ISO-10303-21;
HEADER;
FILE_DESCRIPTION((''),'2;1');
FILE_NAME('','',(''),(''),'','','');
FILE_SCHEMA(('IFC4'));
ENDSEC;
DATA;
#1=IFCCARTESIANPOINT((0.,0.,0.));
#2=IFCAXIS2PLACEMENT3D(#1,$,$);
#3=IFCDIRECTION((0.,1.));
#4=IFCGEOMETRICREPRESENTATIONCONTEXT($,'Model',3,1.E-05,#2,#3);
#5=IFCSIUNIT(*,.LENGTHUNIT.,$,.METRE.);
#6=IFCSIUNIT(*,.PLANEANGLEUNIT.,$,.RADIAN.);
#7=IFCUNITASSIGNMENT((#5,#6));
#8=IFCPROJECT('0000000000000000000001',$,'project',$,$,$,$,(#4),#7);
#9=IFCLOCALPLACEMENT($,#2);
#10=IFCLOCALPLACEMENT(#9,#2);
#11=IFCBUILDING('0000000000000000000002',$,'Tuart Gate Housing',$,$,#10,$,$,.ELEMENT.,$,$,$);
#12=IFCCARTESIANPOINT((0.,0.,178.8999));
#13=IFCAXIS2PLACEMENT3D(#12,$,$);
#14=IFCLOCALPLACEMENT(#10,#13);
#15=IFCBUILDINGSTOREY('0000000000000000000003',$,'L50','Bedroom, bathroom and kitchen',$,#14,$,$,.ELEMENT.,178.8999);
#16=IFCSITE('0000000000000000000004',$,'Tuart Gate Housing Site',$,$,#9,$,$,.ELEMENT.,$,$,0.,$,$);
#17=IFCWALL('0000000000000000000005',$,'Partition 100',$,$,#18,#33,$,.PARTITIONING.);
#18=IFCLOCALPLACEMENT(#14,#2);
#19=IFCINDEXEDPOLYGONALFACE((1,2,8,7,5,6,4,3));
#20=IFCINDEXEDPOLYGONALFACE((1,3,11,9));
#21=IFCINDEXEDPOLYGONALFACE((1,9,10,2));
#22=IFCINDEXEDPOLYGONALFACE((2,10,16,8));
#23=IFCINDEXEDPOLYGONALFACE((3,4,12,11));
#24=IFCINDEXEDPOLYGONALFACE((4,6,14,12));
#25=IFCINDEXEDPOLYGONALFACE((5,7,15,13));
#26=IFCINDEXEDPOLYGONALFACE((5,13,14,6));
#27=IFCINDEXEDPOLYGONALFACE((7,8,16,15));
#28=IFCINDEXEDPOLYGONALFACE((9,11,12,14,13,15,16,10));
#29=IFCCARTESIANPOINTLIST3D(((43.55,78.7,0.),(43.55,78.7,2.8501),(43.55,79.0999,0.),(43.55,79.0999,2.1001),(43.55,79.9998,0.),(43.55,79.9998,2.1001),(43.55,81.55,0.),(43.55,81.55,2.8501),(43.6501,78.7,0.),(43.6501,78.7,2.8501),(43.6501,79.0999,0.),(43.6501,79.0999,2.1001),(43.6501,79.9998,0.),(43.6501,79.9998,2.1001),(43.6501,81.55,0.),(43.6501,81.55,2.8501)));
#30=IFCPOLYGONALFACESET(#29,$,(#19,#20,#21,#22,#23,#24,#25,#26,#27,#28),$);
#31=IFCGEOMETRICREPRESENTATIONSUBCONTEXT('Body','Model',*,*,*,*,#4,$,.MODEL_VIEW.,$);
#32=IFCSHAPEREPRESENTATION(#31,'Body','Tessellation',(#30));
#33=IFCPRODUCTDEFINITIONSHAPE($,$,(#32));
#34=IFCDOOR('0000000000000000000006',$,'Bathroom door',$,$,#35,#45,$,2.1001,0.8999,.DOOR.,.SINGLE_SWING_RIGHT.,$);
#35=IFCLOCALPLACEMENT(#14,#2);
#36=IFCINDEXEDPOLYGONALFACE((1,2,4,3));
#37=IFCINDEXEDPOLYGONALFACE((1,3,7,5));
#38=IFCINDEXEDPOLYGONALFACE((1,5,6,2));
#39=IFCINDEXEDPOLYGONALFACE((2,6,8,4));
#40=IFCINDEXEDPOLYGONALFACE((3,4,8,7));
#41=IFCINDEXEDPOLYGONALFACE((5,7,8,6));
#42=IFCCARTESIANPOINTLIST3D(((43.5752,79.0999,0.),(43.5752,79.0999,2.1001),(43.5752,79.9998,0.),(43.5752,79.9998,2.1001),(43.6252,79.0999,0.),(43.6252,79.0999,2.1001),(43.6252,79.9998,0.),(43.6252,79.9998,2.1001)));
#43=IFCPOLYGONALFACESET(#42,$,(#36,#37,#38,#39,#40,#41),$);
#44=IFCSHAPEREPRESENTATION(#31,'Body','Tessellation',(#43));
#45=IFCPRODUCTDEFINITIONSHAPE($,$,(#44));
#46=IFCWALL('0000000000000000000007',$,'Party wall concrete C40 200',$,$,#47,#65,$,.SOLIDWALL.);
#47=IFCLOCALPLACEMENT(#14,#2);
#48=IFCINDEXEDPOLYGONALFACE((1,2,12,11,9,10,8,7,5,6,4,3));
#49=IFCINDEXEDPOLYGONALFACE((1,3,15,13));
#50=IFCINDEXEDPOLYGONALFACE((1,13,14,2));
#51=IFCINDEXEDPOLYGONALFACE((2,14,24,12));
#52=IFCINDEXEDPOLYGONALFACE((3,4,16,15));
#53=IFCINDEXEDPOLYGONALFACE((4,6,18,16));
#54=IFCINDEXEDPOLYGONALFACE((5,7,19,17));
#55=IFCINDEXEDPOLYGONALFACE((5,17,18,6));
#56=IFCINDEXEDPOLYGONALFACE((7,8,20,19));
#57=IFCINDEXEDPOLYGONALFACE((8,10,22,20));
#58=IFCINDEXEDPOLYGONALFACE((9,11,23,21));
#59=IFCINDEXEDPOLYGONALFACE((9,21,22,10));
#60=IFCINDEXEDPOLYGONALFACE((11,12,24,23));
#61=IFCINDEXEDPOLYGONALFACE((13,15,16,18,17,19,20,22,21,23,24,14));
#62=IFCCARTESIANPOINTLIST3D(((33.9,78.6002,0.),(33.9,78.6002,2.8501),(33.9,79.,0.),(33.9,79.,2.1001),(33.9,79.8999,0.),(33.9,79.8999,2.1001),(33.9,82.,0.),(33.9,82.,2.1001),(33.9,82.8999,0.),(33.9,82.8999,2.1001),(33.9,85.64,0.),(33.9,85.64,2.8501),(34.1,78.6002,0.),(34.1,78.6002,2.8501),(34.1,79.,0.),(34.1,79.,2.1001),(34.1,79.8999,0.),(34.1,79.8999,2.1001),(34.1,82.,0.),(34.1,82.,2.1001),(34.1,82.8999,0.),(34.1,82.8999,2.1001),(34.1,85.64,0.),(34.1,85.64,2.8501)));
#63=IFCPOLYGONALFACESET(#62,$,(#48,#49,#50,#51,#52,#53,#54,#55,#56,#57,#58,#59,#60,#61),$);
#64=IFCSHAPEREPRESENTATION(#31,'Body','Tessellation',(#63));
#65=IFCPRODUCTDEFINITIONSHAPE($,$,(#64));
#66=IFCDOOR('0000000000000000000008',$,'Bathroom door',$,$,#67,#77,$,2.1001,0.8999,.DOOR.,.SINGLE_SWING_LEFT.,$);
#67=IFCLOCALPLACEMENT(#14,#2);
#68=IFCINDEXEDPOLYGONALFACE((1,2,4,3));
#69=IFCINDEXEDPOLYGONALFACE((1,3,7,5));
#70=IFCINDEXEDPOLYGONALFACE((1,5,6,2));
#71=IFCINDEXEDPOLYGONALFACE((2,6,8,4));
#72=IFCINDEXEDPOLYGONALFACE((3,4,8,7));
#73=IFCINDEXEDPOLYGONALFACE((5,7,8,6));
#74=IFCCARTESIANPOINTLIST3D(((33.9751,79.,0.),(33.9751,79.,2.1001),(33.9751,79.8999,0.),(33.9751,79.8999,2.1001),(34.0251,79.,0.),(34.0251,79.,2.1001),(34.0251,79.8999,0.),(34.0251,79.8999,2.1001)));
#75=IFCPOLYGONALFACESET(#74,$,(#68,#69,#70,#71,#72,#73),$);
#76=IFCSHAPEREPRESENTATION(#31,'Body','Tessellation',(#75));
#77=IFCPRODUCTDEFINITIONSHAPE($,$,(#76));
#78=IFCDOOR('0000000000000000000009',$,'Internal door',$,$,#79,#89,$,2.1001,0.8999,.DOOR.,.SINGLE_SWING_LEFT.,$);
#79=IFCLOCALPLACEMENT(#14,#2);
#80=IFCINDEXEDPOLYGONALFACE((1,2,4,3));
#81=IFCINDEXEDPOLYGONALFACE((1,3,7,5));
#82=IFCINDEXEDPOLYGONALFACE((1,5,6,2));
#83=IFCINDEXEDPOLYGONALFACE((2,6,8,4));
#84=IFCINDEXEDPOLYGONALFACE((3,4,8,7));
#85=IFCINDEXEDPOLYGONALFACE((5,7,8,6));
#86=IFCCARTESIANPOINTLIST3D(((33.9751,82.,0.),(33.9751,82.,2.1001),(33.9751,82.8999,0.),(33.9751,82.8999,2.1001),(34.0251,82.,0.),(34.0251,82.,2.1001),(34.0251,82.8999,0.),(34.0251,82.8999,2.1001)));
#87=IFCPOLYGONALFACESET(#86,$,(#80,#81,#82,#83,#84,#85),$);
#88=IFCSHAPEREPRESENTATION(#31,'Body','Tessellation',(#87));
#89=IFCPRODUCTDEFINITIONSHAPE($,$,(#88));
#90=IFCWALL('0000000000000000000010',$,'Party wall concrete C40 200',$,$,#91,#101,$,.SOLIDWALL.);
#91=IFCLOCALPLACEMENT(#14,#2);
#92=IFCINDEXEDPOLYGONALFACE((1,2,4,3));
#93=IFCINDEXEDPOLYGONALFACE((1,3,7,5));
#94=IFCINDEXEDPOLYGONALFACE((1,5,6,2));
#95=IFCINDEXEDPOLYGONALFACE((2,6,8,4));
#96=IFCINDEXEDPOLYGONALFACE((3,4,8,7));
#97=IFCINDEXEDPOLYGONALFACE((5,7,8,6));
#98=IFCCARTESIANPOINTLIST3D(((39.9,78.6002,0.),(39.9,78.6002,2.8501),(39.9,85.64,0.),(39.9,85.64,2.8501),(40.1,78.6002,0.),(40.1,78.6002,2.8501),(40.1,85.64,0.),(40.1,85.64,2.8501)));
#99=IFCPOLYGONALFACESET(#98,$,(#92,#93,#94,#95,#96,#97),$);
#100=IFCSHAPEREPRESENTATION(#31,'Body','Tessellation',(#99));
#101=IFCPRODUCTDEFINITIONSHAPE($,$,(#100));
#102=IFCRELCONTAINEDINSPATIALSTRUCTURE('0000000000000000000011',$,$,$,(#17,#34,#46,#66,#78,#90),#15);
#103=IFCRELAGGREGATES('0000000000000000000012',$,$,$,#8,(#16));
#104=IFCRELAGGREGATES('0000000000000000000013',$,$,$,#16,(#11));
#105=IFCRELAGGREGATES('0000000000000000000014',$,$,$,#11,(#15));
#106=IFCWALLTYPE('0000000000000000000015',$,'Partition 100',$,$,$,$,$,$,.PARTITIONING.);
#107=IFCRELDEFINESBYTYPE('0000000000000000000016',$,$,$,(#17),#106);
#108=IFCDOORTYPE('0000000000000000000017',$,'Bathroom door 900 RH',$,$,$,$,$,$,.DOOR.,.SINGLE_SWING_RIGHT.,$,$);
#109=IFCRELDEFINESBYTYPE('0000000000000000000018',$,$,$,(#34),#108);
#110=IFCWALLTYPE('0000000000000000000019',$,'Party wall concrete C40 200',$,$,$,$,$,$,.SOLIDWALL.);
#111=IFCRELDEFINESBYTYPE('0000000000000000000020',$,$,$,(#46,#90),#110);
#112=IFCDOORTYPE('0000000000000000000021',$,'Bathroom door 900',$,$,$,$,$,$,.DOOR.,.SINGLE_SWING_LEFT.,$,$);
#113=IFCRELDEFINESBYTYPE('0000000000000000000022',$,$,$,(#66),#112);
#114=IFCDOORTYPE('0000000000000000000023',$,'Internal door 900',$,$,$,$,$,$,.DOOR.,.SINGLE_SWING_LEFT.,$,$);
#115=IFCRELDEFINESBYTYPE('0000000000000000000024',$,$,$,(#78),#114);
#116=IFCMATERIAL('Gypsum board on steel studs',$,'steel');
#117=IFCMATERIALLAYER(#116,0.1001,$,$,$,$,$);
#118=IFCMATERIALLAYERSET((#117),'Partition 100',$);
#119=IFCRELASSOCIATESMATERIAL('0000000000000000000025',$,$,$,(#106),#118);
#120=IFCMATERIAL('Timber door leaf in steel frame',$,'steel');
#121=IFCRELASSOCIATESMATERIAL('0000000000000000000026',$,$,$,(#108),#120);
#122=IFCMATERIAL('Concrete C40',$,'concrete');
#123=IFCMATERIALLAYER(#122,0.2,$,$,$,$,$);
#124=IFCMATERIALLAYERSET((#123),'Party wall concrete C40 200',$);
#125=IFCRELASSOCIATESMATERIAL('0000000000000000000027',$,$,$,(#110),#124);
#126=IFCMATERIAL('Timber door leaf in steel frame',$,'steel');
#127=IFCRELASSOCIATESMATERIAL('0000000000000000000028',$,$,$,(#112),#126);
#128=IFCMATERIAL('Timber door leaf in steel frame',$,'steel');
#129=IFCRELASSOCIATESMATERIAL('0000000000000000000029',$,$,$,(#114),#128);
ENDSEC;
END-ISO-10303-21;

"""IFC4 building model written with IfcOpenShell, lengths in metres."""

from ifc_helpers import new_model, si_unit, direction, frame, frame_2d, origin, place, context, subcontext, project, spatial, rectangle, extrude, material, layer, layer_set, type_object, element, fill, save


model = new_model("IFC4")

# Units and contexts
model_context = context("Model", 3, precision=1e-05, world=origin(), true_north=direction((0.0, 1.0)))
body_context = subcontext(model_context, "Body", "Model", "MODEL_VIEW")
ifc_project = project(units=[si_unit("LENGTHUNIT", "METRE"), si_unit("PLANEANGLEUNIT", "RADIAN")], contexts=[model_context])

# Site, building, storey
site_placement = place(None, origin())
site = spatial("IfcSite", under=ifc_project, at=site_placement, Name="Tuart Gate Housing Site", CompositionType="ELEMENT", RefElevation=0.0)
building_placement = place(site_placement, origin())
building = spatial("IfcBuilding", under=site, at=building_placement, Name="Tuart Gate Housing", CompositionType="ELEMENT")
storey_placement = place(building_placement, frame((0.0, 0.0, 178.8999)))
storey = spatial("IfcBuildingStorey", under=building, at=storey_placement, Name="L50", Description="Bedroom, bathroom and kitchen", CompositionType="ELEMENT", Elevation=178.8999)

# Shared definitions
ifc_material_1 = material(Name="Gypsum board on steel studs", Category="steel")
ifc_layer_1 = layer(ifc_material_1, 0.1001)
ifc_layer_set_1 = layer_set([ifc_layer_1], Name="Partition 100")
wall_type_1 = type_object("IfcWallType", Name="Partition 100", PredefinedType="PARTITIONING", material=ifc_layer_set_1)

# Wall, opening, door
wall_1_placement = place(storey_placement, frame((43.6001, 78.7, 0.0), z_axis=(0.0, 0.0, 1.0), x_axis=(0.0, 1.0, 0.0)))
wall_1 = element("IfcWall", 1, at=wall_1_placement, inside=storey, type_object=wall_type_1, Name="Partition 100", PredefinedType="PARTITIONING", context=body_context, shape_type="SweptSolid", body=[
    extrude(rectangle(XDim=2.8501, YDim=0.1001, at=frame_2d((1.425, 0.0))), origin(), (0.0, 0.0, 1.0), 2.8501),
])
opening_1_placement = place(wall_1_placement, frame((0.3999, 0.0, 0.0)))
opening_1 = element("IfcOpeningElement", 2, at=opening_1_placement, cuts=wall_1, PredefinedType="OPENING", context=body_context, shape_type="SweptSolid", body=[
    extrude(rectangle(XDim=0.8999, YDim=2.1001, at=frame_2d((0.45, 1.05))), frame((0.0, 0.0601, 0.0), z_axis=(0.0, -1.0, 0.0), x_axis=(1.0, 0.0, 0.0)), (0.0, 0.0, 1.0), 0.1201),
])
ifc_material_2 = material(Name="Timber door leaf in steel frame", Category="steel")
door_type_1 = type_object("IfcDoorType", Name="Bathroom door 900 RH", OperationType="SINGLE_SWING_RIGHT", PredefinedType="DOOR", material=ifc_material_2)
door_1_placement = place(opening_1_placement, frame((0.8999, 0.0, 0.0), z_axis=(0.0, 0.0, 1.0), x_axis=(-1.0, 0.0, 0.0)))
door_1 = element("IfcDoor", 3, at=door_1_placement, inside=storey, type_object=door_type_1, Name="Bathroom door", OperationType="SINGLE_SWING_RIGHT", OverallHeight=2.1001, OverallWidth=0.8999, PredefinedType="DOOR", context=body_context, shape_type="SweptSolid", body=[
    extrude(rectangle(XDim=0.8999, YDim=2.1001, at=frame_2d((0.45, 1.05))), frame((0.0, 0.0251, 0.0), z_axis=(0.0, -1.0, 0.0), x_axis=(1.0, 0.0, 0.0)), (0.0, 0.0, 1.0), 0.05),
])
fill(opening_1, door_1)

# Wall, openings, doors
ifc_material_3 = material(Name="Concrete C40", Category="concrete")
ifc_layer_2 = layer(ifc_material_3, 0.2)
ifc_layer_set_2 = layer_set([ifc_layer_2], Name="Party wall concrete C40 200")
wall_type_2 = type_object("IfcWallType", Name="Party wall concrete C40 200", PredefinedType="SOLIDWALL", material=ifc_layer_set_2)
wall_2_placement = place(storey_placement, frame((34.0, 78.6001, 0.0), z_axis=(0.0, 0.0, 1.0), x_axis=(0.0, 1.0, 0.0)))
wall_2 = element("IfcWall", 4, at=wall_2_placement, inside=storey, type_object=wall_type_2, Name="Party wall concrete C40 200", PredefinedType="SOLIDWALL", context=body_context, shape_type="SweptSolid", body=[
    extrude(rectangle(XDim=7.0398, YDim=0.2, at=frame_2d((3.52, 0.0))), origin(), (0.0, 0.0, 1.0), 2.8501),
])
opening_2_placement = place(wall_2_placement, frame((3.3999, 0.0, 0.0)))
opening_2 = element("IfcOpeningElement", 5, at=opening_2_placement, cuts=wall_2, PredefinedType="OPENING", context=body_context, shape_type="SweptSolid", body=[
    extrude(rectangle(XDim=0.8999, YDim=2.1001, at=frame_2d((0.45, 1.05))), frame((0.0, 0.1099, 0.0), z_axis=(0.0, -1.0, 0.0), x_axis=(1.0, 0.0, 0.0)), (0.0, 0.0, 1.0), 0.22),
])
opening_3_placement = place(wall_2_placement, frame((0.3999, 0.0, 0.0)))
opening_3 = element("IfcOpeningElement", 6, at=opening_3_placement, cuts=wall_2, PredefinedType="OPENING", context=body_context, shape_type="SweptSolid", body=[
    extrude(rectangle(XDim=0.8999, YDim=2.1001, at=frame_2d((0.45, 1.05))), frame((0.0, 0.1099, 0.0), z_axis=(0.0, -1.0, 0.0), x_axis=(1.0, 0.0, 0.0)), (0.0, 0.0, 1.0), 0.22),
])
ifc_material_4 = material(Name="Timber door leaf in steel frame", Category="steel")
door_type_2 = type_object("IfcDoorType", Name="Bathroom door 900", OperationType="SINGLE_SWING_LEFT", PredefinedType="DOOR", material=ifc_material_4)
door_2_placement = place(opening_3_placement, origin())
door_2 = element("IfcDoor", 7, at=door_2_placement, inside=storey, type_object=door_type_2, Name="Bathroom door", OperationType="SINGLE_SWING_LEFT", OverallHeight=2.1001, OverallWidth=0.8999, PredefinedType="DOOR", context=body_context, shape_type="SweptSolid", body=[
    extrude(rectangle(XDim=0.8999, YDim=2.1001, at=frame_2d((0.45, 1.05))), frame((0.0, 0.0249, 0.0), z_axis=(0.0, -1.0, 0.0), x_axis=(1.0, 0.0, 0.0)), (0.0, 0.0, 1.0), 0.05),
])
fill(opening_3, door_2)
ifc_material_5 = material(Name="Timber door leaf in steel frame", Category="steel")
door_type_3 = type_object("IfcDoorType", Name="Internal door 900", OperationType="SINGLE_SWING_LEFT", PredefinedType="DOOR", material=ifc_material_5)
door_3_placement = place(opening_2_placement, origin())
door_3 = element("IfcDoor", 8, at=door_3_placement, inside=storey, type_object=door_type_3, Name="Internal door", OperationType="SINGLE_SWING_LEFT", OverallHeight=2.1001, OverallWidth=0.8999, PredefinedType="DOOR", context=body_context, shape_type="SweptSolid", body=[
    extrude(rectangle(XDim=0.8999, YDim=2.1001, at=frame_2d((0.45, 1.05))), frame((0.0, 0.0249, 0.0), z_axis=(0.0, -1.0, 0.0), x_axis=(1.0, 0.0, 0.0)), (0.0, 0.0, 1.0), 0.05),
])
fill(opening_2, door_3)

# Wall
wall_3_placement = place(storey_placement, frame((40.0, 78.6001, 0.0), z_axis=(0.0, 0.0, 1.0), x_axis=(0.0, 1.0, 0.0)))
element("IfcWall", 9, at=wall_3_placement, inside=storey, type_object=wall_type_2, Name="Party wall concrete C40 200", PredefinedType="SOLIDWALL", context=body_context, shape_type="SweptSolid", body=[
    extrude(rectangle(XDim=7.0398, YDim=0.2, at=frame_2d((3.52, 0.0))), origin(), (0.0, 0.0, 1.0), 2.8501),
])

save(model, "model.ifc")
